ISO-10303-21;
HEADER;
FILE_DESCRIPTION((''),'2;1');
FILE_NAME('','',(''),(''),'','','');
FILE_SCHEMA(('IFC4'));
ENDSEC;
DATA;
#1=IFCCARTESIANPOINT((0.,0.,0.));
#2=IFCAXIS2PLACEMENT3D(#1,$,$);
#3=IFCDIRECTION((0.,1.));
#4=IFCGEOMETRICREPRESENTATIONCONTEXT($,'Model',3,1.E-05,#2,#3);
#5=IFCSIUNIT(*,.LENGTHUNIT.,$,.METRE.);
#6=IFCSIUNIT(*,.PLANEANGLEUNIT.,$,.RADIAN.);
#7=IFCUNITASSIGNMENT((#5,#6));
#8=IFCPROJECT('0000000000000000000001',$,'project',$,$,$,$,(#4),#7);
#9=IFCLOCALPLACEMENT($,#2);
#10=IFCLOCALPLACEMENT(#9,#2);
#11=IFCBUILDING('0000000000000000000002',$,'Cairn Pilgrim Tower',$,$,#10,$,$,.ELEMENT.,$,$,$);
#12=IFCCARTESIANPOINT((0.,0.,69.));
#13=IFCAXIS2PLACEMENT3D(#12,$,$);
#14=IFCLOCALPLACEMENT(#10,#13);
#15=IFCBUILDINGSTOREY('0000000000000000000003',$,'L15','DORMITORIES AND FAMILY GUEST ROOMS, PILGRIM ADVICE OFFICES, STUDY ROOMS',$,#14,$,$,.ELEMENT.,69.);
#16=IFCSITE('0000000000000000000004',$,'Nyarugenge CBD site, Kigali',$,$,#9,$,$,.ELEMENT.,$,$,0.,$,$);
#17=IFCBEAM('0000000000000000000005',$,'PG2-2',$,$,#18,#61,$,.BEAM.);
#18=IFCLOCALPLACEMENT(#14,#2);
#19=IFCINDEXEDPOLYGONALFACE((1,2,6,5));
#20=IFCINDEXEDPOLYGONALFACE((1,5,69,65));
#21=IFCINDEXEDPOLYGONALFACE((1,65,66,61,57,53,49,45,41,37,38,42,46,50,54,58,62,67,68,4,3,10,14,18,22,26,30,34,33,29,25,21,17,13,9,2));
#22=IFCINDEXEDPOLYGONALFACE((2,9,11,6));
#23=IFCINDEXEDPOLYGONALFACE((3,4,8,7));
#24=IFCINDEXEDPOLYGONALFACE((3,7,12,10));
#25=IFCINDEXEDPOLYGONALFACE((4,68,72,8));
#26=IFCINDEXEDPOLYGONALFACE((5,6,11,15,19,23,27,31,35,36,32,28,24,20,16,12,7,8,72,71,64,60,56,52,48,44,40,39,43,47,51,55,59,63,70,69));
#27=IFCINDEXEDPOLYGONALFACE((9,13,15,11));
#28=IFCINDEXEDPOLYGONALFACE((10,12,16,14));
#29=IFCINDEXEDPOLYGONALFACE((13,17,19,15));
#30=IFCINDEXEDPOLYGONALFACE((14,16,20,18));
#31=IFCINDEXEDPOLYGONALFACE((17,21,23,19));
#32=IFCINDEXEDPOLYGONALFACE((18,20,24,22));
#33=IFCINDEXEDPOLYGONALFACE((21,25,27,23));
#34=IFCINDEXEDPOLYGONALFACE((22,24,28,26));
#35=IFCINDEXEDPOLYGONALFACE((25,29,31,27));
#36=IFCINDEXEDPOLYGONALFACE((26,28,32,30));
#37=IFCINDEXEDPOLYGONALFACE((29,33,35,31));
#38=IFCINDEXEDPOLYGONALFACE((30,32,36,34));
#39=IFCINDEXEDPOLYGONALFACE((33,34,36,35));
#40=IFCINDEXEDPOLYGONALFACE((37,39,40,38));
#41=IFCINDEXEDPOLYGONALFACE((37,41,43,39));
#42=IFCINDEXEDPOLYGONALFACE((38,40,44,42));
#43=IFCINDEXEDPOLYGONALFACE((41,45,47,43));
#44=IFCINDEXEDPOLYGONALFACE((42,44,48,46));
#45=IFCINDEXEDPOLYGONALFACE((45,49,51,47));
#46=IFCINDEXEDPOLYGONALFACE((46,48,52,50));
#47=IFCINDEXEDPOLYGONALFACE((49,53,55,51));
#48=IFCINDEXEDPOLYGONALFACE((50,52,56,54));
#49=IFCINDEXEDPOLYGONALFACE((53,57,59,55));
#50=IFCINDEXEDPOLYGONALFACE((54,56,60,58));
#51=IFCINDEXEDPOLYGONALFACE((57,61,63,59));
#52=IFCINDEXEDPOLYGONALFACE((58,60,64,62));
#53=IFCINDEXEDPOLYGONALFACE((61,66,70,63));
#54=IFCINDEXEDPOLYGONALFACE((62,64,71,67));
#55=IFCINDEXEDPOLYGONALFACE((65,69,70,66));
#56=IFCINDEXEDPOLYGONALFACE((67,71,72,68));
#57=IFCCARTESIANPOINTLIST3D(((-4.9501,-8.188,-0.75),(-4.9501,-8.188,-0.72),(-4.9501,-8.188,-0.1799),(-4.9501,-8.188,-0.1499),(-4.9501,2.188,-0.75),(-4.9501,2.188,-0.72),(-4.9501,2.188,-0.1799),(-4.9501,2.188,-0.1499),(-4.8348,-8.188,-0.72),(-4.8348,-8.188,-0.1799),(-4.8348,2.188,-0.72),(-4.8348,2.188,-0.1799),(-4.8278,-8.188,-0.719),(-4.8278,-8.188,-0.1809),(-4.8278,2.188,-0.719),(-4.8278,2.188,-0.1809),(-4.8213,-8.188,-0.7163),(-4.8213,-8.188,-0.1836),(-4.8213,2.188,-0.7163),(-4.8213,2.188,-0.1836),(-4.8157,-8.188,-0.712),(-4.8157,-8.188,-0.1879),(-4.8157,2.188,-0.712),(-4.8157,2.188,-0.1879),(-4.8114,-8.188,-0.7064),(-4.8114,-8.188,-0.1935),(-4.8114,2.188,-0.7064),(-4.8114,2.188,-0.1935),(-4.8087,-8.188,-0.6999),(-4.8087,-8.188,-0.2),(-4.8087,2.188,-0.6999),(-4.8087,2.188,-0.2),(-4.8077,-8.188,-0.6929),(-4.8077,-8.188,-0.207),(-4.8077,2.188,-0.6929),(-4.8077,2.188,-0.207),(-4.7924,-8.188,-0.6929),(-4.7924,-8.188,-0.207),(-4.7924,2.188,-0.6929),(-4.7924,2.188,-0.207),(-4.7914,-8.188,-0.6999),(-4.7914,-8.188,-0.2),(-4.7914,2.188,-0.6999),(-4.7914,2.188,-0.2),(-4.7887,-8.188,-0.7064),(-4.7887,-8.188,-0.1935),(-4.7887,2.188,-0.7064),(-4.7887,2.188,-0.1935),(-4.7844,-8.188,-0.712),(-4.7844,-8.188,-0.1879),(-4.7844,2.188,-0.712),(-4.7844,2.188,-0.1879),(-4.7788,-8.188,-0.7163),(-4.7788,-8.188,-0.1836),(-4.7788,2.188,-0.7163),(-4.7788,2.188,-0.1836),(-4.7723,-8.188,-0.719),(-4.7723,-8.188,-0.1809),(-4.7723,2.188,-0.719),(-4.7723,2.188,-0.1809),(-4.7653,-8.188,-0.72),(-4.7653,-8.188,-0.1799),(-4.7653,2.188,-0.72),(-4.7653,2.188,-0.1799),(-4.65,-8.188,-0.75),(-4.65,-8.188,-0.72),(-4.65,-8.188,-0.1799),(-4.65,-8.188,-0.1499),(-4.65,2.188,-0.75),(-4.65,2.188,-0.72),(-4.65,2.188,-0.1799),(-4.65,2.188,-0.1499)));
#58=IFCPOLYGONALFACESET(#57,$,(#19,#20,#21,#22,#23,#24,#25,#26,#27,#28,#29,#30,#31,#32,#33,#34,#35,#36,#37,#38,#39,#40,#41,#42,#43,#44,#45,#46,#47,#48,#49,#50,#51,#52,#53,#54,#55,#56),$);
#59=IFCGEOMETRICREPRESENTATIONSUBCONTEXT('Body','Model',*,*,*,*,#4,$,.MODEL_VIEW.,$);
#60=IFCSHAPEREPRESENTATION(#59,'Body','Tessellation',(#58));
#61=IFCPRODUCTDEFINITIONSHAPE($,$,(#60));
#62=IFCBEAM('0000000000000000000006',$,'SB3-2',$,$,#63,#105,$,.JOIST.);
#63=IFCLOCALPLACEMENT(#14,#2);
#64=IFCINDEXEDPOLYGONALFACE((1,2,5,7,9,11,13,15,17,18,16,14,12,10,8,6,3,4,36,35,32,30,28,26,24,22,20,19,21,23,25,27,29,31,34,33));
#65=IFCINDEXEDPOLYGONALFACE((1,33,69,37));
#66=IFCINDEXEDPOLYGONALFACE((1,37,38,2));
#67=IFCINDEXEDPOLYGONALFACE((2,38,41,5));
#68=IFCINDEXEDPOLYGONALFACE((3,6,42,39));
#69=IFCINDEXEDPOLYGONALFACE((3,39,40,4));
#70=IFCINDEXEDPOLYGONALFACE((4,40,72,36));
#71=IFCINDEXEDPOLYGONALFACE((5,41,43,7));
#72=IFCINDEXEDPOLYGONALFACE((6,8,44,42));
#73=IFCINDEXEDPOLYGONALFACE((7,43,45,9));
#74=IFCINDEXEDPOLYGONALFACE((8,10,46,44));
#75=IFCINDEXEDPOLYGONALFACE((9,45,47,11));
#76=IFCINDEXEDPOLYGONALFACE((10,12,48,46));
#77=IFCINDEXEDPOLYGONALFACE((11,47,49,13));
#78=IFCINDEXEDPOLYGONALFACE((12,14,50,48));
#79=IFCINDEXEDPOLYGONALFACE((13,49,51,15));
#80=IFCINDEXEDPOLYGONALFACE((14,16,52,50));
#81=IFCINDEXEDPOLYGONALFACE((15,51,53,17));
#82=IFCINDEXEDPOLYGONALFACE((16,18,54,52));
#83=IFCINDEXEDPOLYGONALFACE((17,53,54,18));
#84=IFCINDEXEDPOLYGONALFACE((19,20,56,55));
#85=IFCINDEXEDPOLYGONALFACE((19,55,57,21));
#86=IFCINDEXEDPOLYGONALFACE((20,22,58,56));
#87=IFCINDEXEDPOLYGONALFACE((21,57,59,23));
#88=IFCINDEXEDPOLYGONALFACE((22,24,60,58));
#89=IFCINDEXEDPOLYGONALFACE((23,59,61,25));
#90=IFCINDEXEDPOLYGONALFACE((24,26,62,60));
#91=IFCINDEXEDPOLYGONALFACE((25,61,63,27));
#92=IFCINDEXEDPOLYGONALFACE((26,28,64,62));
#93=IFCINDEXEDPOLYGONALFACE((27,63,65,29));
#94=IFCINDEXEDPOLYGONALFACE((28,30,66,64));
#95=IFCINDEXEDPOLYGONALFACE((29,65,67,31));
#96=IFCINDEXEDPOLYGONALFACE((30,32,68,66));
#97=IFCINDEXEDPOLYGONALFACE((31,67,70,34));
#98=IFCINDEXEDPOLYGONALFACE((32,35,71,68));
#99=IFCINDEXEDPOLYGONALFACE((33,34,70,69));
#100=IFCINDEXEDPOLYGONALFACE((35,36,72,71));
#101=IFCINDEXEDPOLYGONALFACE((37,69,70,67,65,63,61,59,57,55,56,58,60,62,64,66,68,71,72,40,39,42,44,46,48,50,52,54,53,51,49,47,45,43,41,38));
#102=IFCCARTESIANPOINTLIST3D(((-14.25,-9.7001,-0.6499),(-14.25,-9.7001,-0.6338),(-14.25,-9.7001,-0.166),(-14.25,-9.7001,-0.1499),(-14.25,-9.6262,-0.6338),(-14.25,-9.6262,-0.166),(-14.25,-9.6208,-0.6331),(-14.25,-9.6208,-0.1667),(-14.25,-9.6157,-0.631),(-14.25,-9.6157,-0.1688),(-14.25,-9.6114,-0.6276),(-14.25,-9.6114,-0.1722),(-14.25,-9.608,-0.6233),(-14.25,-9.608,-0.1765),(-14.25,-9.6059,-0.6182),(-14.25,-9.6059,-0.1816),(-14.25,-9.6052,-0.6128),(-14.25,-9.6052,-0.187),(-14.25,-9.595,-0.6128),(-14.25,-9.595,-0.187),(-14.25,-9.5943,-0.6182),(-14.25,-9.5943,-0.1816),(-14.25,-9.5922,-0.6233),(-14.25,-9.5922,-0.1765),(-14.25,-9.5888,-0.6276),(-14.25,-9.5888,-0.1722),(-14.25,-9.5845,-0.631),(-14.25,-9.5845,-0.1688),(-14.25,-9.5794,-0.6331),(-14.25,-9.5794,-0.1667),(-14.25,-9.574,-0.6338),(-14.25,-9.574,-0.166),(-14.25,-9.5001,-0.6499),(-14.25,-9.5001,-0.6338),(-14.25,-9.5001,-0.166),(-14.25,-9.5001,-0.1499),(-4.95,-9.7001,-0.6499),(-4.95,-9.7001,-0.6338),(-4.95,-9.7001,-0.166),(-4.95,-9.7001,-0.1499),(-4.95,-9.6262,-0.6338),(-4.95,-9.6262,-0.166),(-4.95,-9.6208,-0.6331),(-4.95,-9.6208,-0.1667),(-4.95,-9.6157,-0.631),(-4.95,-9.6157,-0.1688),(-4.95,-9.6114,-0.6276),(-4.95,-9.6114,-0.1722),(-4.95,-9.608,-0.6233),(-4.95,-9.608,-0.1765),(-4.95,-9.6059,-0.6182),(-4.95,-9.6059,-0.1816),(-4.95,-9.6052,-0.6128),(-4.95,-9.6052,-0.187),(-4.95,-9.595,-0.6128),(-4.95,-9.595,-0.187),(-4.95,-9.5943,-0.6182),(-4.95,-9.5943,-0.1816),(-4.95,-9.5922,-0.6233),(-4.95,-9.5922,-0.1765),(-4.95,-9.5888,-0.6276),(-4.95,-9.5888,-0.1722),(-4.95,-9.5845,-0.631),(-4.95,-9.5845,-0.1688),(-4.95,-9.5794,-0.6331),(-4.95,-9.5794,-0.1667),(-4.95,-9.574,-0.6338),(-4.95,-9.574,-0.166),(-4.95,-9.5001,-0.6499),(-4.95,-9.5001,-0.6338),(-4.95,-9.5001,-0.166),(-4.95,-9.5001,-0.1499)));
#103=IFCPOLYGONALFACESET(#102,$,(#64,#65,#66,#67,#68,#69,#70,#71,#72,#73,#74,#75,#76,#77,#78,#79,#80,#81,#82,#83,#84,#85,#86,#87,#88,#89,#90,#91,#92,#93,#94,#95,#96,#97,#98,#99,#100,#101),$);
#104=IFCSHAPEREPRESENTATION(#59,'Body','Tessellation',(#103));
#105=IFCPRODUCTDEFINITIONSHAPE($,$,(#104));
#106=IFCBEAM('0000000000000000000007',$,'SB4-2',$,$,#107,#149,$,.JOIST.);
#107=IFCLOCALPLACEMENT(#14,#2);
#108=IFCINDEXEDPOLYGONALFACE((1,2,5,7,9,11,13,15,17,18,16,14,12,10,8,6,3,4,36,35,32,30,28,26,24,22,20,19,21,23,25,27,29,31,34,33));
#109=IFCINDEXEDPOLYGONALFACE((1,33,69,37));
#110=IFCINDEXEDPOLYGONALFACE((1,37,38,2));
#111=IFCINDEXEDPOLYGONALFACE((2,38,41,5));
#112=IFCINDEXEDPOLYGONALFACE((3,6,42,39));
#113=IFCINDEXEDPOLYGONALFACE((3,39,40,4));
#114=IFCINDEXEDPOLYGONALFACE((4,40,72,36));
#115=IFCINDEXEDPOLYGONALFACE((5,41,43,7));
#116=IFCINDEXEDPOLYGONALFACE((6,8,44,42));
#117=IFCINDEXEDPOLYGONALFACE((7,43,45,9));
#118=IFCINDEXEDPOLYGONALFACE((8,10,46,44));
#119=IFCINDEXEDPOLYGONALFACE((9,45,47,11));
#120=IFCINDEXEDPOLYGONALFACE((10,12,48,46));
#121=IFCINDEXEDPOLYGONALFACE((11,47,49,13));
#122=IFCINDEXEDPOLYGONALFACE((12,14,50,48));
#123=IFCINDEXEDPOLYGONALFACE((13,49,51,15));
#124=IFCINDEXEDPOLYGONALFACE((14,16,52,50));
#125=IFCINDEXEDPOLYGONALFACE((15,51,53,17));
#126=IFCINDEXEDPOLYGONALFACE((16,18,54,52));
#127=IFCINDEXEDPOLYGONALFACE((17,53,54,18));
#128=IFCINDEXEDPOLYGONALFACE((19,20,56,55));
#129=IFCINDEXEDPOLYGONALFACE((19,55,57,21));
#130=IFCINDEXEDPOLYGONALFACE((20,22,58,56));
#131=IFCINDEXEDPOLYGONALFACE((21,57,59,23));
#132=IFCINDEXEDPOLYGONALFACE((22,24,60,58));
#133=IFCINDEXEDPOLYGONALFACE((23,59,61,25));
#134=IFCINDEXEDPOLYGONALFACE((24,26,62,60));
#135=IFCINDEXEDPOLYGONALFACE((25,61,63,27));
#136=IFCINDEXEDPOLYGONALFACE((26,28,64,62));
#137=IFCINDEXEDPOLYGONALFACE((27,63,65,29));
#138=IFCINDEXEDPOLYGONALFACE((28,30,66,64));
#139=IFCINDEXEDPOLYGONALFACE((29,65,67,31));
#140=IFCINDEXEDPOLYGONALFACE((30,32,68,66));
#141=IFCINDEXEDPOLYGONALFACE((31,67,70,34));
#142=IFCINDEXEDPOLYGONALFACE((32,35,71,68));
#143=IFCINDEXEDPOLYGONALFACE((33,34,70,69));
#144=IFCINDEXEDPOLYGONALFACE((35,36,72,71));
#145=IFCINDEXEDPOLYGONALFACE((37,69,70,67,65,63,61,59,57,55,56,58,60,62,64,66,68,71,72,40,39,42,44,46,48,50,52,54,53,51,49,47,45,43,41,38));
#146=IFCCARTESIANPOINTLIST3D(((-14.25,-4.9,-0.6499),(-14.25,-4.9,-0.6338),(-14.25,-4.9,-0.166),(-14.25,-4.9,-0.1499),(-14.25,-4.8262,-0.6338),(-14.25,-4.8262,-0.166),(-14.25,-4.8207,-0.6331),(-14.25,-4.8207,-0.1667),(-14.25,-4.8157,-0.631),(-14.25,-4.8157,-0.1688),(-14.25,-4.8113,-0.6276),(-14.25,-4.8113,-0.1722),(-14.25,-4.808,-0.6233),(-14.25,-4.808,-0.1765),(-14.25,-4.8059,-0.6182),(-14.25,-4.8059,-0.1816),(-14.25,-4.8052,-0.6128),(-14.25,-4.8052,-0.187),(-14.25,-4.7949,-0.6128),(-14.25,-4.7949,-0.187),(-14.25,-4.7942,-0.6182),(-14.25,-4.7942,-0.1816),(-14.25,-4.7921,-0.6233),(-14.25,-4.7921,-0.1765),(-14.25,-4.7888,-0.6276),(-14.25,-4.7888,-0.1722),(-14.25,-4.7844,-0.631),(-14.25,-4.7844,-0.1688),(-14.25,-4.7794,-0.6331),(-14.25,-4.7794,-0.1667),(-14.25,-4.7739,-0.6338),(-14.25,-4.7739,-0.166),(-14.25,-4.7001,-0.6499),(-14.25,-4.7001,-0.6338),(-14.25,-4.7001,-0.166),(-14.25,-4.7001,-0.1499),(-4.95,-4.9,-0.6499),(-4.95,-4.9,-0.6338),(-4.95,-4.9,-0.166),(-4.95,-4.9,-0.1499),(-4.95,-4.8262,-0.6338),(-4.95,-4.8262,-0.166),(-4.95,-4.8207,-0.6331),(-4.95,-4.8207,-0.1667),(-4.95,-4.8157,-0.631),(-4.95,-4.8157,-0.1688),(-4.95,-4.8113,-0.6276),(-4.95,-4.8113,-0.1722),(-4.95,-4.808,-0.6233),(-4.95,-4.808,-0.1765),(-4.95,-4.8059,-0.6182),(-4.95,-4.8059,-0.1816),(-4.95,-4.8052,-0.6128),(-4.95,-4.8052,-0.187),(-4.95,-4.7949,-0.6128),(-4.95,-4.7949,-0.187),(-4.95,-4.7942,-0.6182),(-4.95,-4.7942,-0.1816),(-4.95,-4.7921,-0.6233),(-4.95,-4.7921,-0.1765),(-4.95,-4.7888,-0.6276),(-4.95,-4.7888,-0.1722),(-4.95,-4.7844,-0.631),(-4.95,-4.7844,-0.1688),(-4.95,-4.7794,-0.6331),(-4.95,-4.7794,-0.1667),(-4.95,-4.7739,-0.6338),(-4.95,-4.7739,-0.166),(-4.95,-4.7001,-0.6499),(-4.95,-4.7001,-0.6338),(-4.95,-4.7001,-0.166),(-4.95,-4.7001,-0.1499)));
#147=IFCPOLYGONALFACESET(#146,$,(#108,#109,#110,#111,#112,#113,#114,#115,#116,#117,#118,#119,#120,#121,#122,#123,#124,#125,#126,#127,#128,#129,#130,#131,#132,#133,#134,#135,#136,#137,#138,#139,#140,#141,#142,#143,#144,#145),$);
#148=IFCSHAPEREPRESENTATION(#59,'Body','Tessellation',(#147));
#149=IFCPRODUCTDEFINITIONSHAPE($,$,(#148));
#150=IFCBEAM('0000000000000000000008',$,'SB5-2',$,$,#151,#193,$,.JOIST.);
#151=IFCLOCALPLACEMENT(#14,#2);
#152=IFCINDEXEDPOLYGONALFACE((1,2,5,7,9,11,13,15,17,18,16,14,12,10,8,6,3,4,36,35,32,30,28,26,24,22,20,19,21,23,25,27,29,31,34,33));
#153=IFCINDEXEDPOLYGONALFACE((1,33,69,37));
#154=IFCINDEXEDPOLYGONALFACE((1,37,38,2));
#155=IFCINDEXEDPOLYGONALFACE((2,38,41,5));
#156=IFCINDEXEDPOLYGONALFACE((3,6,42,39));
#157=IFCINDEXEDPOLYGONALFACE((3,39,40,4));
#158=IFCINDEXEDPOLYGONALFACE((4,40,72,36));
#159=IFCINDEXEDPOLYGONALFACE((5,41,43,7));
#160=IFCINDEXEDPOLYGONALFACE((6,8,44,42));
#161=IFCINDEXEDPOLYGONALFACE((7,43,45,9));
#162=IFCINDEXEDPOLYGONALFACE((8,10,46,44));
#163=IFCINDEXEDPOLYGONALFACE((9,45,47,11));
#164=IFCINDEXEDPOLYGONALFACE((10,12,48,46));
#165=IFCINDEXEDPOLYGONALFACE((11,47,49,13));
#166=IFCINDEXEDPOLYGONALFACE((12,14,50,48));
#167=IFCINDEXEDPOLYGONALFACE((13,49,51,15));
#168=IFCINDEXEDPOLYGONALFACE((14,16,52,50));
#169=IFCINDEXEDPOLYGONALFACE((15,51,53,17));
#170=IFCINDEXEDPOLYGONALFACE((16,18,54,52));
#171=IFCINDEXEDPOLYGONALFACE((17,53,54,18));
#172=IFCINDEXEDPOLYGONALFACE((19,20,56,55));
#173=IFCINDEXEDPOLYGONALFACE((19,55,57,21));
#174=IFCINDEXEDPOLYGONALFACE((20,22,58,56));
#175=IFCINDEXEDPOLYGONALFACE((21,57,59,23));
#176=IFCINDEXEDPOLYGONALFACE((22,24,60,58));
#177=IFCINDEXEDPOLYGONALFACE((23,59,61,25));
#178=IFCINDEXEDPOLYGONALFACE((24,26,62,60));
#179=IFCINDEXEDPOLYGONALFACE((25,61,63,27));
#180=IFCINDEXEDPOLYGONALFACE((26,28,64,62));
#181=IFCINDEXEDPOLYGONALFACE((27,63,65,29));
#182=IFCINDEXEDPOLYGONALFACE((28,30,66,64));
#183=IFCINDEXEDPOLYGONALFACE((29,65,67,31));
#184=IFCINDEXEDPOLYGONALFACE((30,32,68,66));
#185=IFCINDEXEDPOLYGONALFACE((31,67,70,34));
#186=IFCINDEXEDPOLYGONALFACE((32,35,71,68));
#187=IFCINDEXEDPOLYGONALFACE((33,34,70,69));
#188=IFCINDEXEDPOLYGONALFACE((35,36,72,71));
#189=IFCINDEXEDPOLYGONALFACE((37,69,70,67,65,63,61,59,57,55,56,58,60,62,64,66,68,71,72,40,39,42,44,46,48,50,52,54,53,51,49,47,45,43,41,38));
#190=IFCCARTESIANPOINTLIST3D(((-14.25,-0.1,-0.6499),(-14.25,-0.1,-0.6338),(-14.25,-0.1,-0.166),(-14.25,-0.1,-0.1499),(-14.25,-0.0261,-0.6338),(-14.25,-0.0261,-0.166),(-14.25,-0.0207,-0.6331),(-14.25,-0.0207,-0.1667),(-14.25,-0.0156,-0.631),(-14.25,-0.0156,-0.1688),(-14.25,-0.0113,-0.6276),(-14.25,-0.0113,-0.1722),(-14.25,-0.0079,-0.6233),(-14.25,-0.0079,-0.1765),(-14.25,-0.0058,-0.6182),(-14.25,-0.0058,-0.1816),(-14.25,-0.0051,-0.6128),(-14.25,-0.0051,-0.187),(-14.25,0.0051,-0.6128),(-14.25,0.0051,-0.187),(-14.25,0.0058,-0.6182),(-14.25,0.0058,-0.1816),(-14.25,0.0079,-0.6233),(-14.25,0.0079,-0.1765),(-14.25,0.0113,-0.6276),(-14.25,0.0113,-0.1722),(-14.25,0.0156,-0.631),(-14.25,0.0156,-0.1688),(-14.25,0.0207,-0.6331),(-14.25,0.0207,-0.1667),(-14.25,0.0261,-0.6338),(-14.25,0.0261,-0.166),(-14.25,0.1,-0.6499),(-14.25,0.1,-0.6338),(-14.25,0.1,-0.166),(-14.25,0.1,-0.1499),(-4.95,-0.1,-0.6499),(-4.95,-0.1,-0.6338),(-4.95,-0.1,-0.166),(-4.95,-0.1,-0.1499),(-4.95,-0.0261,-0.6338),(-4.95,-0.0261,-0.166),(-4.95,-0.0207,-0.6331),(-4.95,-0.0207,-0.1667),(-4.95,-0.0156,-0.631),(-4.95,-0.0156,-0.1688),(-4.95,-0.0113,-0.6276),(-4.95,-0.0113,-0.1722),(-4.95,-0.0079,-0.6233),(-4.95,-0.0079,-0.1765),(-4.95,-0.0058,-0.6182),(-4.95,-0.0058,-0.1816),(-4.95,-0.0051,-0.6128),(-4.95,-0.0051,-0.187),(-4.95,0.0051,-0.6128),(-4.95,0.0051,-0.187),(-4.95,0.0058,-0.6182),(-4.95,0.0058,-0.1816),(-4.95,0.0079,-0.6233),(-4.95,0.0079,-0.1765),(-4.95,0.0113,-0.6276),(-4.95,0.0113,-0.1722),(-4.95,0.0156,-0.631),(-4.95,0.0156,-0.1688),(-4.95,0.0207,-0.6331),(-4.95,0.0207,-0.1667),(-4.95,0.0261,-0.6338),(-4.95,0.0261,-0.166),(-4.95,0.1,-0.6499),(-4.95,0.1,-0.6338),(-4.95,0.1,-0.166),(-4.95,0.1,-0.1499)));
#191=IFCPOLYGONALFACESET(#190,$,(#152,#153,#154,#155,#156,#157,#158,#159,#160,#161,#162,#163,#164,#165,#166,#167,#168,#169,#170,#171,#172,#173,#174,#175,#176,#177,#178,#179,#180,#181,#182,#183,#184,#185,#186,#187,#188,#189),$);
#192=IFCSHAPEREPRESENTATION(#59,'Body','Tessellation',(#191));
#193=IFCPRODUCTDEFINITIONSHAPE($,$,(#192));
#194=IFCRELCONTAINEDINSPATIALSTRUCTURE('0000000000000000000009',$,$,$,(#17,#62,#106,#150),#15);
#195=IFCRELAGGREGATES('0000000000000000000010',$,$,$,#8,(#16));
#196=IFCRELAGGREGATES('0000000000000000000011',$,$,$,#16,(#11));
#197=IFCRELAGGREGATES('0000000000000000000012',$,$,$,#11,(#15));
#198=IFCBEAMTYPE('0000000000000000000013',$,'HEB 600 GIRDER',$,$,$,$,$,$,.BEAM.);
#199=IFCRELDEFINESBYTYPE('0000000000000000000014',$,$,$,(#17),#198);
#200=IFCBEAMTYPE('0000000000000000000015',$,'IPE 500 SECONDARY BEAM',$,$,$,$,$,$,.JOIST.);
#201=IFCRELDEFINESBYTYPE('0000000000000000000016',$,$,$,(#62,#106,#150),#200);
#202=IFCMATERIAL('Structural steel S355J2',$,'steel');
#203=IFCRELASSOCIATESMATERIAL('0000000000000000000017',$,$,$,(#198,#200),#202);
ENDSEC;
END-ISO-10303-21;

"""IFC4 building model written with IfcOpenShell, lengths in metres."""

from ifc_helpers import new_model, si_unit, direction, frame, origin, origin_2d, place, context, subcontext, project, spatial, i_section, extrude, material, material_profile, profile_set, type_object, element, save


model = new_model("IFC4")

# Units and contexts
model_context = context("Model", 3, precision=1e-05, world=origin(), true_north=direction((0.0, 1.0)))
body_context = subcontext(model_context, "Body", "Model", "MODEL_VIEW")
ifc_project = project(units=[si_unit("LENGTHUNIT", "METRE"), si_unit("PLANEANGLEUNIT", "RADIAN")], contexts=[model_context])

# Site, building, storey
site_placement = place(None, origin())
site = spatial("IfcSite", under=ifc_project, at=site_placement, Name="Nyarugenge CBD site, Kigali", CompositionType="ELEMENT", RefElevation=0.0)
building_placement = place(site_placement, origin())
building = spatial("IfcBuilding", under=site, at=building_placement, Name="Cairn Pilgrim Tower", CompositionType="ELEMENT")
storey_placement = place(building_placement, frame((0.0, 0.0, 69.0)))
storey = spatial("IfcBuildingStorey", under=building, at=storey_placement, Name="L15", Description="DORMITORIES AND FAMILY GUEST ROOMS, PILGRIM ADVICE OFFICES, STUDY ROOMS", CompositionType="ELEMENT", Elevation=69.0)

# Beams
ifc_material_1 = material(Name="Structural steel S355J2", Category="steel")
ifc_material_profile_1 = material_profile(ifc_material_1, i_section(OverallWidth=0.3, OverallDepth=0.6001, WebThickness=0.0154, FlangeThickness=0.03, FilletRadius=0.0271, at=origin_2d()), Name="HEB 600")
ifc_profile_set_1 = profile_set([ifc_material_profile_1], Name="Structural steel S355J2")
beam_type_1 = type_object("IfcBeamType", Name="HEB 600 GIRDER", PredefinedType="BEAM", material=ifc_profile_set_1)
beam_1_placement = place(storey_placement, frame((-4.8, -8.188, -0.45), z_axis=(0.0, 1.0, 0.0), x_axis=(-1.0, 0.0, 0.0)))
element("IfcBeam", 1, at=beam_1_placement, inside=storey, type_object=beam_type_1, Name="PG2-2", PredefinedType="BEAM", context=body_context, shape_type="SweptSolid", body=[
    extrude(i_section(OverallWidth=0.3, OverallDepth=0.6001, WebThickness=0.0154, FlangeThickness=0.03, FilletRadius=0.0271, at=origin_2d()), origin(), (0.0, 0.0, 1.0), 10.376),
])
ifc_material_profile_2 = material_profile(ifc_material_1, i_section(OverallWidth=0.2, OverallDepth=0.5, WebThickness=0.0103, FlangeThickness=0.0161, FilletRadius=0.021, at=origin_2d()), Name="IPE 500")
ifc_profile_set_2 = profile_set([ifc_material_profile_2], Name="Structural steel S355J2")
beam_type_2 = type_object("IfcBeamType", Name="IPE 500 SECONDARY BEAM", PredefinedType="JOIST", material=ifc_profile_set_2)
for number, where, z_axis, x_axis, name in (
    (2, (-14.25, -9.6001, -0.3999), (1.0, 0.0, 0.0), (0.0, 1.0, 0.0), "SB3-2"),
    (3, (-14.25, -4.8, -0.3999), (1.0, 0.0, 0.0), (0.0, 1.0, 0.0), "SB4-2"),
    (4, (-14.25, 0.0, -0.3999), (1.0, 0.0, 0.0), (0.0, 1.0, 0.0), "SB5-2"),
):
    element("IfcBeam", number, at=place(storey_placement, frame(where, z_axis=z_axis, x_axis=x_axis)), inside=storey, type_object=beam_type_2, Name=name, PredefinedType="JOIST", context=body_context, shape_type="SweptSolid", body=[
        extrude(i_section(OverallWidth=0.2, OverallDepth=0.5, WebThickness=0.0103, FlangeThickness=0.0161, FilletRadius=0.021, at=origin_2d()), origin(), (0.0, 0.0, 1.0), 9.3),
    ])

save(model, "model.ifc")
